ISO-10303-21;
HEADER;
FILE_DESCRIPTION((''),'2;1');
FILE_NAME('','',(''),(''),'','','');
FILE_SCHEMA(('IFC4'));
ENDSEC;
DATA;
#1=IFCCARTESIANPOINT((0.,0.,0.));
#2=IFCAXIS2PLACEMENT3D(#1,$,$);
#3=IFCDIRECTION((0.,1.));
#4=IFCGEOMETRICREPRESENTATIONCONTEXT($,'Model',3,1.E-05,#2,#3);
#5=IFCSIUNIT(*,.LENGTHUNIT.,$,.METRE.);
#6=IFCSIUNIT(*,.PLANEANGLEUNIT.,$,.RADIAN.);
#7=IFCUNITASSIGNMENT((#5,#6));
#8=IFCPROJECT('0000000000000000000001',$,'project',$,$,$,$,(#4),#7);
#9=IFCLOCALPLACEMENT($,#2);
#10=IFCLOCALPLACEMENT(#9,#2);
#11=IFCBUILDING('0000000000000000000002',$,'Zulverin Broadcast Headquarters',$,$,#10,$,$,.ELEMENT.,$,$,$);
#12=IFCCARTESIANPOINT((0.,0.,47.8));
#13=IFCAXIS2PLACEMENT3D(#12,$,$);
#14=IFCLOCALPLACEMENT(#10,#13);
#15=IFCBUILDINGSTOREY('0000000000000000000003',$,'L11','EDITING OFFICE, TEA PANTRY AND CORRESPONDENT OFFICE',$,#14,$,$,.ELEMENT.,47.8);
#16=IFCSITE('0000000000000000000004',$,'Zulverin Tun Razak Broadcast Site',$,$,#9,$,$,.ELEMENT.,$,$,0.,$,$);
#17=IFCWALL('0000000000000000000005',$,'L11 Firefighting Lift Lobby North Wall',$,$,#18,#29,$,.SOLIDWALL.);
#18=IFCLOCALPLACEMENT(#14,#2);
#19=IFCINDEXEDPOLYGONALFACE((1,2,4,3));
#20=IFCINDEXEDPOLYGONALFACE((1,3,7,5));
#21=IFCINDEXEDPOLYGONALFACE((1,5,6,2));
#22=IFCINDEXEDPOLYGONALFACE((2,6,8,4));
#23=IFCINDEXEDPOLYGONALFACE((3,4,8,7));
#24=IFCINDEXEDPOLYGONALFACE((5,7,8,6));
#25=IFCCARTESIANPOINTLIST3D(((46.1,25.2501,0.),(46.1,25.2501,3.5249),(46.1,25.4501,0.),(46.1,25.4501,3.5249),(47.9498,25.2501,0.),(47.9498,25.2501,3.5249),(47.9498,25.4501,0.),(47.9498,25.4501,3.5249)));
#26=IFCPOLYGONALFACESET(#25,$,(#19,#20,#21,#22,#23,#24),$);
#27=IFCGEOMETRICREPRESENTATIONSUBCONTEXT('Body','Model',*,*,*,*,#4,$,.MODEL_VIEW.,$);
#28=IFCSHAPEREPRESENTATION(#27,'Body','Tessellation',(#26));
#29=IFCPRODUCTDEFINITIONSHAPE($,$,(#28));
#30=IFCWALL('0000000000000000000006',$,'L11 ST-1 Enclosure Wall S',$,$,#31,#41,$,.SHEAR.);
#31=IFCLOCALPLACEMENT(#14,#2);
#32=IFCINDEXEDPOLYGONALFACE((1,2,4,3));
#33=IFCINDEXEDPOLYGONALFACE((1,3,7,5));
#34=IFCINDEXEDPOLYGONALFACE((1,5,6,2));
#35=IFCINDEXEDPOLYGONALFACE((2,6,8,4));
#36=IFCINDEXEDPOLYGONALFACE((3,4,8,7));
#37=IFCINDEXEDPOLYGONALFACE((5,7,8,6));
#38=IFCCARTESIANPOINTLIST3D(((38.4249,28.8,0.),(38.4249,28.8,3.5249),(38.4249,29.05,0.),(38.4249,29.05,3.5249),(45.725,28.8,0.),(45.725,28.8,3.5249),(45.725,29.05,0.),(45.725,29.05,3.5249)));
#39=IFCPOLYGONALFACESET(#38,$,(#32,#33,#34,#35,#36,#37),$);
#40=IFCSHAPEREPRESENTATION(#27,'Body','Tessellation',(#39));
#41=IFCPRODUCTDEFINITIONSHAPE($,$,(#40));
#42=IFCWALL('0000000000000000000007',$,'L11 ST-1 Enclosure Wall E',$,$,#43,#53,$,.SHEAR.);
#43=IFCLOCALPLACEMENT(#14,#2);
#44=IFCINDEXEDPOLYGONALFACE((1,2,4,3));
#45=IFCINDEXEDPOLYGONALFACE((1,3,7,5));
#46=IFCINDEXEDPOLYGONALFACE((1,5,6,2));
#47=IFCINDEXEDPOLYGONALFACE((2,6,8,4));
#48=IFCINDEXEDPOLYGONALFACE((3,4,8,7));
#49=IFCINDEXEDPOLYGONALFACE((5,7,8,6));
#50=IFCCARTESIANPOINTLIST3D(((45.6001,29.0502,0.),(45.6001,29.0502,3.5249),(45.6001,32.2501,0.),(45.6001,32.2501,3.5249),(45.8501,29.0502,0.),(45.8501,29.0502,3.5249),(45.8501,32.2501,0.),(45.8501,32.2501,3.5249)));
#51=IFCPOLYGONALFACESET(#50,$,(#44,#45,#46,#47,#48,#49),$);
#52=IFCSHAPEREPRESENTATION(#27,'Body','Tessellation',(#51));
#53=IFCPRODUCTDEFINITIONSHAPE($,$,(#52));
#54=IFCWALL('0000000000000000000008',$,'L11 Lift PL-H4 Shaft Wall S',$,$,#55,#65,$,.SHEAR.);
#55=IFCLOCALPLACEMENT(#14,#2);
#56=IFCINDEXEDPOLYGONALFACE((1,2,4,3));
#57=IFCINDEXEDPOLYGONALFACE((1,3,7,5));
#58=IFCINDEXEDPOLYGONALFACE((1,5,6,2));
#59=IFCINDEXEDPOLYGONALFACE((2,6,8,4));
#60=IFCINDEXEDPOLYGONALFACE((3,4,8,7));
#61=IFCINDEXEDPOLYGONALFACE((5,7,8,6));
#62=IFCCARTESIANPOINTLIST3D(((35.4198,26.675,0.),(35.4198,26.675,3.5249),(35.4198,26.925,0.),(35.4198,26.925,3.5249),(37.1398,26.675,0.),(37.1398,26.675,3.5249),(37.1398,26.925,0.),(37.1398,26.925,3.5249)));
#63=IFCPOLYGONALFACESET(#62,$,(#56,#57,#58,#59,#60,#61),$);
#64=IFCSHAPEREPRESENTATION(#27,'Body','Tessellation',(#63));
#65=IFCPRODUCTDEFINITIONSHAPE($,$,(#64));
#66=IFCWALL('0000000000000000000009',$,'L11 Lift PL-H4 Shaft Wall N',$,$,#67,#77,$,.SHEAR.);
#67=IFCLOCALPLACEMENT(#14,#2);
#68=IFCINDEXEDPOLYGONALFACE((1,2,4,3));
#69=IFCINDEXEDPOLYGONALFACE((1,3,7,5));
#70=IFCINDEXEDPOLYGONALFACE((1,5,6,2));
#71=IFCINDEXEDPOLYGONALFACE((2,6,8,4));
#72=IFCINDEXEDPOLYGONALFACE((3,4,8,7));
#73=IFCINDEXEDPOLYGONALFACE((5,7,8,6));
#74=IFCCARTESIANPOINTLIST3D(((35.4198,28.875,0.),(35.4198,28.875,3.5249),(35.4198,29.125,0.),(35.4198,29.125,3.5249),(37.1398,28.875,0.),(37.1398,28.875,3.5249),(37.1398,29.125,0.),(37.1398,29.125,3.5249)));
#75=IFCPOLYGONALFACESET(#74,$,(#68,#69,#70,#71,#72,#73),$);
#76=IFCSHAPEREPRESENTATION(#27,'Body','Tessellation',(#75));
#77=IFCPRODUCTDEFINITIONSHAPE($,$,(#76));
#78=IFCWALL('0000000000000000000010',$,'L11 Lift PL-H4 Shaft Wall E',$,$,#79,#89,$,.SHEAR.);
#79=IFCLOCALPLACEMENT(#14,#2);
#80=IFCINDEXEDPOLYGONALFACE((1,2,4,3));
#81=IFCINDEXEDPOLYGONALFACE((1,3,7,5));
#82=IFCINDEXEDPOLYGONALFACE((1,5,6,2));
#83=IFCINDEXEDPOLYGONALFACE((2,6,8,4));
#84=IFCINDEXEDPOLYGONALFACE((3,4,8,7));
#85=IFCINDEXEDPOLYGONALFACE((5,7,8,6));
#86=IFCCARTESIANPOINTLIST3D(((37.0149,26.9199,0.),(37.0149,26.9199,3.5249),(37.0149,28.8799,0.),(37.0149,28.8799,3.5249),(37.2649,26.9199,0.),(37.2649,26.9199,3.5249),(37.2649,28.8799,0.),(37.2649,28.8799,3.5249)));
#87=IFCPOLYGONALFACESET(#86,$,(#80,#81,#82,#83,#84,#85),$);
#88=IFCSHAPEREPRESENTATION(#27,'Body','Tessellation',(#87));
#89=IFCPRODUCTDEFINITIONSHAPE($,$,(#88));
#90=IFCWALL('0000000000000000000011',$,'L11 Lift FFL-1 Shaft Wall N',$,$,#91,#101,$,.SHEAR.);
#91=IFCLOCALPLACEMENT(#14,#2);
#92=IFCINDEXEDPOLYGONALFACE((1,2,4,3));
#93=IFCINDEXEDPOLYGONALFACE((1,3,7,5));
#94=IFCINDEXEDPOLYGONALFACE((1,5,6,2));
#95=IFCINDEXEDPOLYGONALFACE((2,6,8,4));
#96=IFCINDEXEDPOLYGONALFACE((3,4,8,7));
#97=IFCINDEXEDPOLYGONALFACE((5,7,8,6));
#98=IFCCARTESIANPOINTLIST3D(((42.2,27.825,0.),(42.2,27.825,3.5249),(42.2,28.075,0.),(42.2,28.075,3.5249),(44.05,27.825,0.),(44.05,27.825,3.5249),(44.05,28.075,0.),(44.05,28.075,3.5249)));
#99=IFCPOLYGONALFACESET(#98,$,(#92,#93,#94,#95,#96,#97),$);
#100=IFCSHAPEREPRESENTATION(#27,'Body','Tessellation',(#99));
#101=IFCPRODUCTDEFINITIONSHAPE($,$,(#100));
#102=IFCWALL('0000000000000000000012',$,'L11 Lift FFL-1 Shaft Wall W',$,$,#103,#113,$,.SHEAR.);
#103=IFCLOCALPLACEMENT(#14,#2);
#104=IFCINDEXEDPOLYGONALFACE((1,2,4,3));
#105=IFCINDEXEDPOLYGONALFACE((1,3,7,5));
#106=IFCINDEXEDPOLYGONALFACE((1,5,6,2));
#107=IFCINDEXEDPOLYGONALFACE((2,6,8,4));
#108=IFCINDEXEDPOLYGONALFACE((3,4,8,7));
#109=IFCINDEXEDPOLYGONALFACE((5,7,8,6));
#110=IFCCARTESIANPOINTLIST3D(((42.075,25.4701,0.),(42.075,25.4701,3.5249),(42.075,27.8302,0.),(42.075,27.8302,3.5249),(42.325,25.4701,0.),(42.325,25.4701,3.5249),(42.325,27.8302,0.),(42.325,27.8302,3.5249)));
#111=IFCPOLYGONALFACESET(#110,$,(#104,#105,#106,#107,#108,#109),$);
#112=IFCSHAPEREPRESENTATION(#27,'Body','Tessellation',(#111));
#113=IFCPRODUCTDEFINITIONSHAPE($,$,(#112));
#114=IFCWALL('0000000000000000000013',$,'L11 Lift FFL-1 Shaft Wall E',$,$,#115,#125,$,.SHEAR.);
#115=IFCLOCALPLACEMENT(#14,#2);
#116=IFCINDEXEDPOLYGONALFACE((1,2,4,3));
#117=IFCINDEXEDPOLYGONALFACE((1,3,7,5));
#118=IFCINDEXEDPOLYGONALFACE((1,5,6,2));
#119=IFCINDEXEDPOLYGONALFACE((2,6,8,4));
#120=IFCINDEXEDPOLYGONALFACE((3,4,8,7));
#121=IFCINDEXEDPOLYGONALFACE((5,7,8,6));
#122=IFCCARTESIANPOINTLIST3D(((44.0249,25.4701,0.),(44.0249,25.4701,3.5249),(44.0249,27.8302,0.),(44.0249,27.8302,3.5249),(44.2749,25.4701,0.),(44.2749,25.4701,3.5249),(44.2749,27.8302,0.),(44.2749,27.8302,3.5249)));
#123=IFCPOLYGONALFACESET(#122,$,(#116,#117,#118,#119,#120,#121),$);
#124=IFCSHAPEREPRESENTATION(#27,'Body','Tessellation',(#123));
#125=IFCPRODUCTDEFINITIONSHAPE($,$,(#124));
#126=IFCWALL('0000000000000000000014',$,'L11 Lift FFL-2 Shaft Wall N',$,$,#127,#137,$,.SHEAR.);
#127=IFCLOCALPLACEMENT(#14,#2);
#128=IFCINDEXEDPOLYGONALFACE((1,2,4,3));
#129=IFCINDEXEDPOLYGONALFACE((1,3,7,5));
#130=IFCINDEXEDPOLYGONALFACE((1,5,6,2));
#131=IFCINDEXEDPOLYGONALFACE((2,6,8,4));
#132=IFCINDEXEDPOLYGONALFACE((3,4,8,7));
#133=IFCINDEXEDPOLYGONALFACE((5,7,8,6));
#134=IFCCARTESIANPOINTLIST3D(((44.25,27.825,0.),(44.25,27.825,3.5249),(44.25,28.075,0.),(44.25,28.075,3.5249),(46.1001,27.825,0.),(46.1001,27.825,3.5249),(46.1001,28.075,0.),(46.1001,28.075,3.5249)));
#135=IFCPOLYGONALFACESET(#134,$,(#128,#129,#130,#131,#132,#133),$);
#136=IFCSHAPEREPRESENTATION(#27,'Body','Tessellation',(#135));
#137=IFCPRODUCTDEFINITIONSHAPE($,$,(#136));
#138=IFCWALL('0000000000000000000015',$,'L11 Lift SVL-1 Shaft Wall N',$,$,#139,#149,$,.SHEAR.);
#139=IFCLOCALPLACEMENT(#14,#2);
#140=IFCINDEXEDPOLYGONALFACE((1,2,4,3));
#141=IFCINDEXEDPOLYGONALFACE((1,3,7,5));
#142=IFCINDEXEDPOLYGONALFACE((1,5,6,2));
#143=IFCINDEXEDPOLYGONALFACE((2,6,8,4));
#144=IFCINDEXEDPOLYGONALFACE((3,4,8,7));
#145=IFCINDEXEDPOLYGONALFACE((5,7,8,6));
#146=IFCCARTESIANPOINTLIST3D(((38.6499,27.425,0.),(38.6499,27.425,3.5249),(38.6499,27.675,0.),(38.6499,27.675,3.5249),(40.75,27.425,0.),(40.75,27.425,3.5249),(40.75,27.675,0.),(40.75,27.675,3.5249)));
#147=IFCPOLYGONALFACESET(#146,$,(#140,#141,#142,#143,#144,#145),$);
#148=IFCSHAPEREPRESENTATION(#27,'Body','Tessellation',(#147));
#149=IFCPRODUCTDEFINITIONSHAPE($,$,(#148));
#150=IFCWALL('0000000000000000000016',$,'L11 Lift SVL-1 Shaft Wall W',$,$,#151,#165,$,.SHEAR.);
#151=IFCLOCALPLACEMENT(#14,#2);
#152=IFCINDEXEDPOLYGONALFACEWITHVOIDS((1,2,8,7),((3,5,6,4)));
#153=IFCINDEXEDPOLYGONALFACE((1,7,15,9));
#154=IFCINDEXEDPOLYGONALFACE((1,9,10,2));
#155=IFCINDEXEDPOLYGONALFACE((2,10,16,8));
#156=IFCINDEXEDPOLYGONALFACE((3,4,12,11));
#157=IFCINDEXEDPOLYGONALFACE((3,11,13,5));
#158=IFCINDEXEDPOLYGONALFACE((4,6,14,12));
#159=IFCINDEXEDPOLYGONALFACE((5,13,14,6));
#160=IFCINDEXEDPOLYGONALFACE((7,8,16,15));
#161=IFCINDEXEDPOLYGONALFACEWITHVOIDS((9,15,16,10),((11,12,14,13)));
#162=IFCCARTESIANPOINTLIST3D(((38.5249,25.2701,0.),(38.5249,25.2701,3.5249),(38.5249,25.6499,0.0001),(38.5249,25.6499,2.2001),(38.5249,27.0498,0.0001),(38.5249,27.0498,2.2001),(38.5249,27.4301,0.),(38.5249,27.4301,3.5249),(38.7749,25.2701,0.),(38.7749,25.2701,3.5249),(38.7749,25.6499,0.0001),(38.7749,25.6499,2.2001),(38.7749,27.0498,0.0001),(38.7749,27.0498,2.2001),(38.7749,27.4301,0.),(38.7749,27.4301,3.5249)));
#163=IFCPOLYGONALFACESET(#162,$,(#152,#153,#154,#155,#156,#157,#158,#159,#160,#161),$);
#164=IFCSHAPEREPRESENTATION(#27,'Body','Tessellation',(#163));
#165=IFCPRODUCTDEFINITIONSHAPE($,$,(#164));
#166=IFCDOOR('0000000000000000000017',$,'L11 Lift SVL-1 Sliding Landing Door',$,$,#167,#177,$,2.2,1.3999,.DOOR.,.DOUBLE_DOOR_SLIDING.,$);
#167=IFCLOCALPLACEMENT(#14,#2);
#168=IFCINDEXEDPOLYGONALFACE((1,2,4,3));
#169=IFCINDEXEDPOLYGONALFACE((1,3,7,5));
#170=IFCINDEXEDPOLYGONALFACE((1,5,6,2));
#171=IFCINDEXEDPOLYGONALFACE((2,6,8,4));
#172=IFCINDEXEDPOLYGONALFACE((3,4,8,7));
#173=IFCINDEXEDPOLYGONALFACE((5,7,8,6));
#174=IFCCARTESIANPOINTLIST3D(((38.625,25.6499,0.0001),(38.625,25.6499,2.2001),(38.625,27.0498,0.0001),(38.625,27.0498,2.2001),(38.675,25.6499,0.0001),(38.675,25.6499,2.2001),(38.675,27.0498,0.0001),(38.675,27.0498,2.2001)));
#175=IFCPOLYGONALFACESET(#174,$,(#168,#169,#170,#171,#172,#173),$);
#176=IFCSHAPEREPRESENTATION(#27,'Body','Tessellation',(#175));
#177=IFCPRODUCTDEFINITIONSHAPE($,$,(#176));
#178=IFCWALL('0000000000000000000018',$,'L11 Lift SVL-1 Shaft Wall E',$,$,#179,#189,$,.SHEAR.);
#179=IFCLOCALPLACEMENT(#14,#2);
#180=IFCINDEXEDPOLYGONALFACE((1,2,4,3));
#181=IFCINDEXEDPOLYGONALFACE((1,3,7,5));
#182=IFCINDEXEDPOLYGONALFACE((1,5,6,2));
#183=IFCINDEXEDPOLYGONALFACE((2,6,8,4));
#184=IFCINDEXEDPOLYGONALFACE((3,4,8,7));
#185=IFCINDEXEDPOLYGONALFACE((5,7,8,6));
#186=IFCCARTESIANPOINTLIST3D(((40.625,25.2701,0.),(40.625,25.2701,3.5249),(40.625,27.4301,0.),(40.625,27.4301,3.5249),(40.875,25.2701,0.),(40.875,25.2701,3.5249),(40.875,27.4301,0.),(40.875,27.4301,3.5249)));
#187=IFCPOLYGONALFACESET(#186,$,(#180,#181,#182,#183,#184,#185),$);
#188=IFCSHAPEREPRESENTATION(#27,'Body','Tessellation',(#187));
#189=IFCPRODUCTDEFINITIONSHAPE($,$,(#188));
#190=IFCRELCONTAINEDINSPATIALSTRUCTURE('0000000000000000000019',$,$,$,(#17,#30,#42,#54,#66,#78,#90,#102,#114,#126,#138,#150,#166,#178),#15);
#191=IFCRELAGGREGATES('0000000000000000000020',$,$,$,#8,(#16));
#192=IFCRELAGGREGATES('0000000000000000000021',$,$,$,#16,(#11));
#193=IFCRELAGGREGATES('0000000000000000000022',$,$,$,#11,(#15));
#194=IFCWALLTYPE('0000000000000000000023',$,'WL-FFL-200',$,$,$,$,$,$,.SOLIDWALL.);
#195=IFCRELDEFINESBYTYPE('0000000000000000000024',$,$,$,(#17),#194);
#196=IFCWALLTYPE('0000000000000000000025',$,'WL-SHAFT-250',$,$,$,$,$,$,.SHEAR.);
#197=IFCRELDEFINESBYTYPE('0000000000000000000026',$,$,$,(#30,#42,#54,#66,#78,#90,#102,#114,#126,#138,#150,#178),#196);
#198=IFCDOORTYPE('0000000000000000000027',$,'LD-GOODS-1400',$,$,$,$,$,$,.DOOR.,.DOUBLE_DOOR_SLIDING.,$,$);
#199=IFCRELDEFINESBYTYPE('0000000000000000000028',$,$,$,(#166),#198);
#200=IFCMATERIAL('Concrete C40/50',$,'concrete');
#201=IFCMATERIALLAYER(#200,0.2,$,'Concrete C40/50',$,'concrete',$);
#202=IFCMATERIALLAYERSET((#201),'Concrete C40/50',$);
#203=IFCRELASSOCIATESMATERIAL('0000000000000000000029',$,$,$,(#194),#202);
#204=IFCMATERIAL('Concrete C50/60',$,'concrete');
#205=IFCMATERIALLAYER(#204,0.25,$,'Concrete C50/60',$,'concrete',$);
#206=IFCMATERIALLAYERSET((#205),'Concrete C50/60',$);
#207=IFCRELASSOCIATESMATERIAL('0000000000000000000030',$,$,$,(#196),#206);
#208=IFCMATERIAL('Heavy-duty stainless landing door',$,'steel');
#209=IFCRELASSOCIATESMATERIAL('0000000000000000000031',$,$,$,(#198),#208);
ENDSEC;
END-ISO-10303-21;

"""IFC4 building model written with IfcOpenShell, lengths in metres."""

from ifc_helpers import new_model, si_unit, direction, frame, frame_2d, origin, place, context, subcontext, project, spatial, rectangle, extrude, material, layer, layer_set, type_object, element, fill, save


model = new_model("IFC4")

# Units and contexts
model_context = context("Model", 3, precision=1e-05, world=origin(), true_north=direction((0.0, 1.0)))
body_context = subcontext(model_context, "Body", "Model", "MODEL_VIEW")
ifc_project = project(units=[si_unit("LENGTHUNIT", "METRE"), si_unit("PLANEANGLEUNIT", "RADIAN")], contexts=[model_context])

# Site, building, storey
site_placement = place(None, origin())
site = spatial("IfcSite", under=ifc_project, at=site_placement, Name="Zulverin Tun Razak Broadcast Site", CompositionType="ELEMENT", RefElevation=0.0)
building_placement = place(site_placement, origin())
building = spatial("IfcBuilding", under=site, at=building_placement, Name="Zulverin Broadcast Headquarters", CompositionType="ELEMENT")
storey_placement = place(building_placement, frame((0.0, 0.0, 47.8)))
storey = spatial("IfcBuildingStorey", under=building, at=storey_placement, Name="L11", Description="EDITING OFFICE, TEA PANTRY AND CORRESPONDENT OFFICE", CompositionType="ELEMENT", Elevation=47.8)

# Walls
ifc_material_1 = material(Name="Concrete C40/50", Category="concrete")
ifc_layer_1 = layer(ifc_material_1, 0.2, Name="Concrete C40/50", Category="concrete")
ifc_layer_set_1 = layer_set([ifc_layer_1], Name="Concrete C40/50")
wall_type_1 = type_object("IfcWallType", Name="WL-FFL-200", PredefinedType="SOLIDWALL", material=ifc_layer_set_1)
wall_1_placement = place(storey_placement, frame((46.1001, 25.3501, 0.0), z_axis=(0.0, 0.0, 1.0), x_axis=(1.0, 0.0, 0.0)))
element("IfcWall", 1, at=wall_1_placement, inside=storey, type_object=wall_type_1, Name="L11 Firefighting Lift Lobby North Wall", PredefinedType="SOLIDWALL", context=body_context, shape_type="SweptSolid", body=[
    extrude(rectangle(XDim=1.8499, YDim=0.2, at=frame_2d((0.9248, 0.0))), origin(), (0.0, 0.0, 1.0), 3.5249),
])
ifc_material_2 = material(Name="Concrete C50/60", Category="concrete")
ifc_layer_2 = layer(ifc_material_2, 0.25, Name="Concrete C50/60", Category="concrete")
ifc_layer_set_2 = layer_set([ifc_layer_2], Name="Concrete C50/60")
wall_type_2 = type_object("IfcWallType", Name="WL-SHAFT-250", PredefinedType="SHEAR", material=ifc_layer_set_2)
wall_2_placement = place(storey_placement, frame((38.425, 28.925, 0.0), z_axis=(0.0, 0.0, 1.0), x_axis=(1.0, 0.0, 0.0)))
element("IfcWall", 2, at=wall_2_placement, inside=storey, type_object=wall_type_2, Name="L11 ST-1 Enclosure Wall S", PredefinedType="SHEAR", context=body_context, shape_type="SweptSolid", body=[
    extrude(rectangle(XDim=7.3, YDim=0.25, at=frame_2d((3.6499, 0.0))), origin(), (0.0, 0.0, 1.0), 3.5249),
])

# Walls
wall_3_placement = place(storey_placement, frame((45.7251, 29.05, 0.0), z_axis=(0.0, 0.0, 1.0), x_axis=(0.0, 1.0, 0.0)))
element("IfcWall", 3, at=wall_3_placement, inside=storey, type_object=wall_type_2, Name="L11 ST-1 Enclosure Wall E", PredefinedType="SHEAR", context=body_context, shape_type="SweptSolid", body=[
    extrude(rectangle(XDim=3.2, YDim=0.25, at=frame_2d((1.6001, 0.0))), origin(), (0.0, 0.0, 1.0), 3.5249),
])
for number, where, z_axis, x_axis, name in (
    (4, (35.4199, 26.8, 0.0), (0.0, 0.0, 1.0), (1.0, 0.0, 0.0), "L11 Lift PL-H4 Shaft Wall S"),
    (5, (35.4199, 29.0, 0.0), (0.0, 0.0, 1.0), (1.0, 0.0, 0.0), "L11 Lift PL-H4 Shaft Wall N"),
):
    element("IfcWall", number, at=place(storey_placement, frame(where, z_axis=z_axis, x_axis=x_axis)), inside=storey, type_object=wall_type_2, Name=name, PredefinedType="SHEAR", context=body_context, shape_type="SweptSolid", body=[
        extrude(rectangle(XDim=1.72, YDim=0.25, at=frame_2d((0.8599, 0.0))), origin(), (0.0, 0.0, 1.0), 3.5249),
    ])
wall_4_placement = place(storey_placement, frame((37.1399, 26.9199, 0.0), z_axis=(0.0, 0.0, 1.0), x_axis=(0.0, 1.0, 0.0)))
element("IfcWall", 6, at=wall_4_placement, inside=storey, type_object=wall_type_2, Name="L11 Lift PL-H4 Shaft Wall E", PredefinedType="SHEAR", context=body_context, shape_type="SweptSolid", body=[
    extrude(rectangle(XDim=1.96, YDim=0.25, at=frame_2d((0.98, 0.0))), origin(), (0.0, 0.0, 1.0), 3.5249),
])

# Walls
wall_5_placement = place(storey_placement, frame((42.2, 27.95, 0.0), z_axis=(0.0, 0.0, 1.0), x_axis=(1.0, 0.0, 0.0)))
element("IfcWall", 7, at=wall_5_placement, inside=storey, type_object=wall_type_2, Name="L11 Lift FFL-1 Shaft Wall N", PredefinedType="SHEAR", context=body_context, shape_type="SweptSolid", body=[
    extrude(rectangle(XDim=1.8501, YDim=0.25, at=frame_2d((0.925, 0.0))), origin(), (0.0, 0.0, 1.0), 3.5249),
])
for number, where, z_axis, x_axis, name in (
    (8, (42.2, 25.47, 0.0), (0.0, 0.0, 1.0), (0.0, 1.0, 0.0), "L11 Lift FFL-1 Shaft Wall W"),
    (9, (44.1499, 25.47, 0.0), (0.0, 0.0, 1.0), (0.0, 1.0, 0.0), "L11 Lift FFL-1 Shaft Wall E"),
):
    element("IfcWall", number, at=place(storey_placement, frame(where, z_axis=z_axis, x_axis=x_axis)), inside=storey, type_object=wall_type_2, Name=name, PredefinedType="SHEAR", context=body_context, shape_type="SweptSolid", body=[
        extrude(rectangle(XDim=2.3601, YDim=0.25, at=frame_2d((1.1802, 0.0))), origin(), (0.0, 0.0, 1.0), 3.5249),
    ])

# Walls
wall_6_placement = place(storey_placement, frame((44.25, 27.95, 0.0), z_axis=(0.0, 0.0, 1.0), x_axis=(1.0, 0.0, 0.0)))
element("IfcWall", 10, at=wall_6_placement, inside=storey, type_object=wall_type_2, Name="L11 Lift FFL-2 Shaft Wall N", PredefinedType="SHEAR", context=body_context, shape_type="SweptSolid", body=[
    extrude(rectangle(XDim=1.8501, YDim=0.25, at=frame_2d((0.925, 0.0))), origin(), (0.0, 0.0, 1.0), 3.5249),
])
wall_7_placement = place(storey_placement, frame((38.6499, 27.55, 0.0), z_axis=(0.0, 0.0, 1.0), x_axis=(1.0, 0.0, 0.0)))
element("IfcWall", 11, at=wall_7_placement, inside=storey, type_object=wall_type_2, Name="L11 Lift SVL-1 Shaft Wall N", PredefinedType="SHEAR", context=body_context, shape_type="SweptSolid", body=[
    extrude(rectangle(XDim=2.1001, YDim=0.25, at=frame_2d((1.05, 0.0))), origin(), (0.0, 0.0, 1.0), 3.5249),
])

# Wall, opening, door
wall_8_placement = place(storey_placement, frame((38.6499, 25.27, 0.0), z_axis=(0.0, 0.0, 1.0), x_axis=(0.0, 1.0, 0.0)))
wall_8 = element("IfcWall", 12, at=wall_8_placement, inside=storey, type_object=wall_type_2, Name="L11 Lift SVL-1 Shaft Wall W", PredefinedType="SHEAR", context=body_context, shape_type="SweptSolid", body=[
    extrude(rectangle(XDim=2.1599, YDim=0.25, at=frame_2d((1.0801, 0.0))), origin(), (0.0, 0.0, 1.0), 3.5249),
])
opening_1_placement = place(wall_8_placement, frame((0.3799, 0.0, 0.0)))
opening_1 = element("IfcOpeningElement", 13, at=opening_1_placement, cuts=wall_8, PredefinedType="OPENING", context=body_context, shape_type="SweptSolid", body=[
    extrude(rectangle(XDim=1.3999, YDim=2.2, at=frame_2d((0.7, 1.1001))), frame((0.0, 0.135, 0.0), z_axis=(0.0, -1.0, 0.0), x_axis=(1.0, 0.0, 0.0)), (0.0, 0.0, 1.0), 0.27),
])
ifc_material_3 = material(Name="Heavy-duty stainless landing door", Category="steel")
door_type_1 = type_object("IfcDoorType", Name="LD-GOODS-1400", OperationType="DOUBLE_DOOR_SLIDING", PredefinedType="DOOR", material=ifc_material_3)
door_1_placement = place(opening_1_placement, origin())
door_1 = element("IfcDoor", 14, at=door_1_placement, inside=storey, type_object=door_type_1, Name="L11 Lift SVL-1 Sliding Landing Door", OperationType="DOUBLE_DOOR_SLIDING", OverallHeight=2.2, OverallWidth=1.3999, PredefinedType="DOOR", context=body_context, shape_type="SweptSolid", body=[
    extrude(rectangle(XDim=1.3999, YDim=2.2, at=frame_2d((0.7, 1.1001))), frame((0.0, 0.0249, 0.0), z_axis=(0.0, -1.0, 0.0), x_axis=(1.0, 0.0, 0.0)), (0.0, 0.0, 1.0), 0.05),
])
fill(opening_1, door_1)

# Wall
wall_9_placement = place(storey_placement, frame((40.75, 25.27, 0.0), z_axis=(0.0, 0.0, 1.0), x_axis=(0.0, 1.0, 0.0)))
element("IfcWall", 15, at=wall_9_placement, inside=storey, type_object=wall_type_2, Name="L11 Lift SVL-1 Shaft Wall E", PredefinedType="SHEAR", context=body_context, shape_type="SweptSolid", body=[
    extrude(rectangle(XDim=2.1599, YDim=0.25, at=frame_2d((1.0801, 0.0))), origin(), (0.0, 0.0, 1.0), 3.5249),
])

save(model, "model.ifc")
